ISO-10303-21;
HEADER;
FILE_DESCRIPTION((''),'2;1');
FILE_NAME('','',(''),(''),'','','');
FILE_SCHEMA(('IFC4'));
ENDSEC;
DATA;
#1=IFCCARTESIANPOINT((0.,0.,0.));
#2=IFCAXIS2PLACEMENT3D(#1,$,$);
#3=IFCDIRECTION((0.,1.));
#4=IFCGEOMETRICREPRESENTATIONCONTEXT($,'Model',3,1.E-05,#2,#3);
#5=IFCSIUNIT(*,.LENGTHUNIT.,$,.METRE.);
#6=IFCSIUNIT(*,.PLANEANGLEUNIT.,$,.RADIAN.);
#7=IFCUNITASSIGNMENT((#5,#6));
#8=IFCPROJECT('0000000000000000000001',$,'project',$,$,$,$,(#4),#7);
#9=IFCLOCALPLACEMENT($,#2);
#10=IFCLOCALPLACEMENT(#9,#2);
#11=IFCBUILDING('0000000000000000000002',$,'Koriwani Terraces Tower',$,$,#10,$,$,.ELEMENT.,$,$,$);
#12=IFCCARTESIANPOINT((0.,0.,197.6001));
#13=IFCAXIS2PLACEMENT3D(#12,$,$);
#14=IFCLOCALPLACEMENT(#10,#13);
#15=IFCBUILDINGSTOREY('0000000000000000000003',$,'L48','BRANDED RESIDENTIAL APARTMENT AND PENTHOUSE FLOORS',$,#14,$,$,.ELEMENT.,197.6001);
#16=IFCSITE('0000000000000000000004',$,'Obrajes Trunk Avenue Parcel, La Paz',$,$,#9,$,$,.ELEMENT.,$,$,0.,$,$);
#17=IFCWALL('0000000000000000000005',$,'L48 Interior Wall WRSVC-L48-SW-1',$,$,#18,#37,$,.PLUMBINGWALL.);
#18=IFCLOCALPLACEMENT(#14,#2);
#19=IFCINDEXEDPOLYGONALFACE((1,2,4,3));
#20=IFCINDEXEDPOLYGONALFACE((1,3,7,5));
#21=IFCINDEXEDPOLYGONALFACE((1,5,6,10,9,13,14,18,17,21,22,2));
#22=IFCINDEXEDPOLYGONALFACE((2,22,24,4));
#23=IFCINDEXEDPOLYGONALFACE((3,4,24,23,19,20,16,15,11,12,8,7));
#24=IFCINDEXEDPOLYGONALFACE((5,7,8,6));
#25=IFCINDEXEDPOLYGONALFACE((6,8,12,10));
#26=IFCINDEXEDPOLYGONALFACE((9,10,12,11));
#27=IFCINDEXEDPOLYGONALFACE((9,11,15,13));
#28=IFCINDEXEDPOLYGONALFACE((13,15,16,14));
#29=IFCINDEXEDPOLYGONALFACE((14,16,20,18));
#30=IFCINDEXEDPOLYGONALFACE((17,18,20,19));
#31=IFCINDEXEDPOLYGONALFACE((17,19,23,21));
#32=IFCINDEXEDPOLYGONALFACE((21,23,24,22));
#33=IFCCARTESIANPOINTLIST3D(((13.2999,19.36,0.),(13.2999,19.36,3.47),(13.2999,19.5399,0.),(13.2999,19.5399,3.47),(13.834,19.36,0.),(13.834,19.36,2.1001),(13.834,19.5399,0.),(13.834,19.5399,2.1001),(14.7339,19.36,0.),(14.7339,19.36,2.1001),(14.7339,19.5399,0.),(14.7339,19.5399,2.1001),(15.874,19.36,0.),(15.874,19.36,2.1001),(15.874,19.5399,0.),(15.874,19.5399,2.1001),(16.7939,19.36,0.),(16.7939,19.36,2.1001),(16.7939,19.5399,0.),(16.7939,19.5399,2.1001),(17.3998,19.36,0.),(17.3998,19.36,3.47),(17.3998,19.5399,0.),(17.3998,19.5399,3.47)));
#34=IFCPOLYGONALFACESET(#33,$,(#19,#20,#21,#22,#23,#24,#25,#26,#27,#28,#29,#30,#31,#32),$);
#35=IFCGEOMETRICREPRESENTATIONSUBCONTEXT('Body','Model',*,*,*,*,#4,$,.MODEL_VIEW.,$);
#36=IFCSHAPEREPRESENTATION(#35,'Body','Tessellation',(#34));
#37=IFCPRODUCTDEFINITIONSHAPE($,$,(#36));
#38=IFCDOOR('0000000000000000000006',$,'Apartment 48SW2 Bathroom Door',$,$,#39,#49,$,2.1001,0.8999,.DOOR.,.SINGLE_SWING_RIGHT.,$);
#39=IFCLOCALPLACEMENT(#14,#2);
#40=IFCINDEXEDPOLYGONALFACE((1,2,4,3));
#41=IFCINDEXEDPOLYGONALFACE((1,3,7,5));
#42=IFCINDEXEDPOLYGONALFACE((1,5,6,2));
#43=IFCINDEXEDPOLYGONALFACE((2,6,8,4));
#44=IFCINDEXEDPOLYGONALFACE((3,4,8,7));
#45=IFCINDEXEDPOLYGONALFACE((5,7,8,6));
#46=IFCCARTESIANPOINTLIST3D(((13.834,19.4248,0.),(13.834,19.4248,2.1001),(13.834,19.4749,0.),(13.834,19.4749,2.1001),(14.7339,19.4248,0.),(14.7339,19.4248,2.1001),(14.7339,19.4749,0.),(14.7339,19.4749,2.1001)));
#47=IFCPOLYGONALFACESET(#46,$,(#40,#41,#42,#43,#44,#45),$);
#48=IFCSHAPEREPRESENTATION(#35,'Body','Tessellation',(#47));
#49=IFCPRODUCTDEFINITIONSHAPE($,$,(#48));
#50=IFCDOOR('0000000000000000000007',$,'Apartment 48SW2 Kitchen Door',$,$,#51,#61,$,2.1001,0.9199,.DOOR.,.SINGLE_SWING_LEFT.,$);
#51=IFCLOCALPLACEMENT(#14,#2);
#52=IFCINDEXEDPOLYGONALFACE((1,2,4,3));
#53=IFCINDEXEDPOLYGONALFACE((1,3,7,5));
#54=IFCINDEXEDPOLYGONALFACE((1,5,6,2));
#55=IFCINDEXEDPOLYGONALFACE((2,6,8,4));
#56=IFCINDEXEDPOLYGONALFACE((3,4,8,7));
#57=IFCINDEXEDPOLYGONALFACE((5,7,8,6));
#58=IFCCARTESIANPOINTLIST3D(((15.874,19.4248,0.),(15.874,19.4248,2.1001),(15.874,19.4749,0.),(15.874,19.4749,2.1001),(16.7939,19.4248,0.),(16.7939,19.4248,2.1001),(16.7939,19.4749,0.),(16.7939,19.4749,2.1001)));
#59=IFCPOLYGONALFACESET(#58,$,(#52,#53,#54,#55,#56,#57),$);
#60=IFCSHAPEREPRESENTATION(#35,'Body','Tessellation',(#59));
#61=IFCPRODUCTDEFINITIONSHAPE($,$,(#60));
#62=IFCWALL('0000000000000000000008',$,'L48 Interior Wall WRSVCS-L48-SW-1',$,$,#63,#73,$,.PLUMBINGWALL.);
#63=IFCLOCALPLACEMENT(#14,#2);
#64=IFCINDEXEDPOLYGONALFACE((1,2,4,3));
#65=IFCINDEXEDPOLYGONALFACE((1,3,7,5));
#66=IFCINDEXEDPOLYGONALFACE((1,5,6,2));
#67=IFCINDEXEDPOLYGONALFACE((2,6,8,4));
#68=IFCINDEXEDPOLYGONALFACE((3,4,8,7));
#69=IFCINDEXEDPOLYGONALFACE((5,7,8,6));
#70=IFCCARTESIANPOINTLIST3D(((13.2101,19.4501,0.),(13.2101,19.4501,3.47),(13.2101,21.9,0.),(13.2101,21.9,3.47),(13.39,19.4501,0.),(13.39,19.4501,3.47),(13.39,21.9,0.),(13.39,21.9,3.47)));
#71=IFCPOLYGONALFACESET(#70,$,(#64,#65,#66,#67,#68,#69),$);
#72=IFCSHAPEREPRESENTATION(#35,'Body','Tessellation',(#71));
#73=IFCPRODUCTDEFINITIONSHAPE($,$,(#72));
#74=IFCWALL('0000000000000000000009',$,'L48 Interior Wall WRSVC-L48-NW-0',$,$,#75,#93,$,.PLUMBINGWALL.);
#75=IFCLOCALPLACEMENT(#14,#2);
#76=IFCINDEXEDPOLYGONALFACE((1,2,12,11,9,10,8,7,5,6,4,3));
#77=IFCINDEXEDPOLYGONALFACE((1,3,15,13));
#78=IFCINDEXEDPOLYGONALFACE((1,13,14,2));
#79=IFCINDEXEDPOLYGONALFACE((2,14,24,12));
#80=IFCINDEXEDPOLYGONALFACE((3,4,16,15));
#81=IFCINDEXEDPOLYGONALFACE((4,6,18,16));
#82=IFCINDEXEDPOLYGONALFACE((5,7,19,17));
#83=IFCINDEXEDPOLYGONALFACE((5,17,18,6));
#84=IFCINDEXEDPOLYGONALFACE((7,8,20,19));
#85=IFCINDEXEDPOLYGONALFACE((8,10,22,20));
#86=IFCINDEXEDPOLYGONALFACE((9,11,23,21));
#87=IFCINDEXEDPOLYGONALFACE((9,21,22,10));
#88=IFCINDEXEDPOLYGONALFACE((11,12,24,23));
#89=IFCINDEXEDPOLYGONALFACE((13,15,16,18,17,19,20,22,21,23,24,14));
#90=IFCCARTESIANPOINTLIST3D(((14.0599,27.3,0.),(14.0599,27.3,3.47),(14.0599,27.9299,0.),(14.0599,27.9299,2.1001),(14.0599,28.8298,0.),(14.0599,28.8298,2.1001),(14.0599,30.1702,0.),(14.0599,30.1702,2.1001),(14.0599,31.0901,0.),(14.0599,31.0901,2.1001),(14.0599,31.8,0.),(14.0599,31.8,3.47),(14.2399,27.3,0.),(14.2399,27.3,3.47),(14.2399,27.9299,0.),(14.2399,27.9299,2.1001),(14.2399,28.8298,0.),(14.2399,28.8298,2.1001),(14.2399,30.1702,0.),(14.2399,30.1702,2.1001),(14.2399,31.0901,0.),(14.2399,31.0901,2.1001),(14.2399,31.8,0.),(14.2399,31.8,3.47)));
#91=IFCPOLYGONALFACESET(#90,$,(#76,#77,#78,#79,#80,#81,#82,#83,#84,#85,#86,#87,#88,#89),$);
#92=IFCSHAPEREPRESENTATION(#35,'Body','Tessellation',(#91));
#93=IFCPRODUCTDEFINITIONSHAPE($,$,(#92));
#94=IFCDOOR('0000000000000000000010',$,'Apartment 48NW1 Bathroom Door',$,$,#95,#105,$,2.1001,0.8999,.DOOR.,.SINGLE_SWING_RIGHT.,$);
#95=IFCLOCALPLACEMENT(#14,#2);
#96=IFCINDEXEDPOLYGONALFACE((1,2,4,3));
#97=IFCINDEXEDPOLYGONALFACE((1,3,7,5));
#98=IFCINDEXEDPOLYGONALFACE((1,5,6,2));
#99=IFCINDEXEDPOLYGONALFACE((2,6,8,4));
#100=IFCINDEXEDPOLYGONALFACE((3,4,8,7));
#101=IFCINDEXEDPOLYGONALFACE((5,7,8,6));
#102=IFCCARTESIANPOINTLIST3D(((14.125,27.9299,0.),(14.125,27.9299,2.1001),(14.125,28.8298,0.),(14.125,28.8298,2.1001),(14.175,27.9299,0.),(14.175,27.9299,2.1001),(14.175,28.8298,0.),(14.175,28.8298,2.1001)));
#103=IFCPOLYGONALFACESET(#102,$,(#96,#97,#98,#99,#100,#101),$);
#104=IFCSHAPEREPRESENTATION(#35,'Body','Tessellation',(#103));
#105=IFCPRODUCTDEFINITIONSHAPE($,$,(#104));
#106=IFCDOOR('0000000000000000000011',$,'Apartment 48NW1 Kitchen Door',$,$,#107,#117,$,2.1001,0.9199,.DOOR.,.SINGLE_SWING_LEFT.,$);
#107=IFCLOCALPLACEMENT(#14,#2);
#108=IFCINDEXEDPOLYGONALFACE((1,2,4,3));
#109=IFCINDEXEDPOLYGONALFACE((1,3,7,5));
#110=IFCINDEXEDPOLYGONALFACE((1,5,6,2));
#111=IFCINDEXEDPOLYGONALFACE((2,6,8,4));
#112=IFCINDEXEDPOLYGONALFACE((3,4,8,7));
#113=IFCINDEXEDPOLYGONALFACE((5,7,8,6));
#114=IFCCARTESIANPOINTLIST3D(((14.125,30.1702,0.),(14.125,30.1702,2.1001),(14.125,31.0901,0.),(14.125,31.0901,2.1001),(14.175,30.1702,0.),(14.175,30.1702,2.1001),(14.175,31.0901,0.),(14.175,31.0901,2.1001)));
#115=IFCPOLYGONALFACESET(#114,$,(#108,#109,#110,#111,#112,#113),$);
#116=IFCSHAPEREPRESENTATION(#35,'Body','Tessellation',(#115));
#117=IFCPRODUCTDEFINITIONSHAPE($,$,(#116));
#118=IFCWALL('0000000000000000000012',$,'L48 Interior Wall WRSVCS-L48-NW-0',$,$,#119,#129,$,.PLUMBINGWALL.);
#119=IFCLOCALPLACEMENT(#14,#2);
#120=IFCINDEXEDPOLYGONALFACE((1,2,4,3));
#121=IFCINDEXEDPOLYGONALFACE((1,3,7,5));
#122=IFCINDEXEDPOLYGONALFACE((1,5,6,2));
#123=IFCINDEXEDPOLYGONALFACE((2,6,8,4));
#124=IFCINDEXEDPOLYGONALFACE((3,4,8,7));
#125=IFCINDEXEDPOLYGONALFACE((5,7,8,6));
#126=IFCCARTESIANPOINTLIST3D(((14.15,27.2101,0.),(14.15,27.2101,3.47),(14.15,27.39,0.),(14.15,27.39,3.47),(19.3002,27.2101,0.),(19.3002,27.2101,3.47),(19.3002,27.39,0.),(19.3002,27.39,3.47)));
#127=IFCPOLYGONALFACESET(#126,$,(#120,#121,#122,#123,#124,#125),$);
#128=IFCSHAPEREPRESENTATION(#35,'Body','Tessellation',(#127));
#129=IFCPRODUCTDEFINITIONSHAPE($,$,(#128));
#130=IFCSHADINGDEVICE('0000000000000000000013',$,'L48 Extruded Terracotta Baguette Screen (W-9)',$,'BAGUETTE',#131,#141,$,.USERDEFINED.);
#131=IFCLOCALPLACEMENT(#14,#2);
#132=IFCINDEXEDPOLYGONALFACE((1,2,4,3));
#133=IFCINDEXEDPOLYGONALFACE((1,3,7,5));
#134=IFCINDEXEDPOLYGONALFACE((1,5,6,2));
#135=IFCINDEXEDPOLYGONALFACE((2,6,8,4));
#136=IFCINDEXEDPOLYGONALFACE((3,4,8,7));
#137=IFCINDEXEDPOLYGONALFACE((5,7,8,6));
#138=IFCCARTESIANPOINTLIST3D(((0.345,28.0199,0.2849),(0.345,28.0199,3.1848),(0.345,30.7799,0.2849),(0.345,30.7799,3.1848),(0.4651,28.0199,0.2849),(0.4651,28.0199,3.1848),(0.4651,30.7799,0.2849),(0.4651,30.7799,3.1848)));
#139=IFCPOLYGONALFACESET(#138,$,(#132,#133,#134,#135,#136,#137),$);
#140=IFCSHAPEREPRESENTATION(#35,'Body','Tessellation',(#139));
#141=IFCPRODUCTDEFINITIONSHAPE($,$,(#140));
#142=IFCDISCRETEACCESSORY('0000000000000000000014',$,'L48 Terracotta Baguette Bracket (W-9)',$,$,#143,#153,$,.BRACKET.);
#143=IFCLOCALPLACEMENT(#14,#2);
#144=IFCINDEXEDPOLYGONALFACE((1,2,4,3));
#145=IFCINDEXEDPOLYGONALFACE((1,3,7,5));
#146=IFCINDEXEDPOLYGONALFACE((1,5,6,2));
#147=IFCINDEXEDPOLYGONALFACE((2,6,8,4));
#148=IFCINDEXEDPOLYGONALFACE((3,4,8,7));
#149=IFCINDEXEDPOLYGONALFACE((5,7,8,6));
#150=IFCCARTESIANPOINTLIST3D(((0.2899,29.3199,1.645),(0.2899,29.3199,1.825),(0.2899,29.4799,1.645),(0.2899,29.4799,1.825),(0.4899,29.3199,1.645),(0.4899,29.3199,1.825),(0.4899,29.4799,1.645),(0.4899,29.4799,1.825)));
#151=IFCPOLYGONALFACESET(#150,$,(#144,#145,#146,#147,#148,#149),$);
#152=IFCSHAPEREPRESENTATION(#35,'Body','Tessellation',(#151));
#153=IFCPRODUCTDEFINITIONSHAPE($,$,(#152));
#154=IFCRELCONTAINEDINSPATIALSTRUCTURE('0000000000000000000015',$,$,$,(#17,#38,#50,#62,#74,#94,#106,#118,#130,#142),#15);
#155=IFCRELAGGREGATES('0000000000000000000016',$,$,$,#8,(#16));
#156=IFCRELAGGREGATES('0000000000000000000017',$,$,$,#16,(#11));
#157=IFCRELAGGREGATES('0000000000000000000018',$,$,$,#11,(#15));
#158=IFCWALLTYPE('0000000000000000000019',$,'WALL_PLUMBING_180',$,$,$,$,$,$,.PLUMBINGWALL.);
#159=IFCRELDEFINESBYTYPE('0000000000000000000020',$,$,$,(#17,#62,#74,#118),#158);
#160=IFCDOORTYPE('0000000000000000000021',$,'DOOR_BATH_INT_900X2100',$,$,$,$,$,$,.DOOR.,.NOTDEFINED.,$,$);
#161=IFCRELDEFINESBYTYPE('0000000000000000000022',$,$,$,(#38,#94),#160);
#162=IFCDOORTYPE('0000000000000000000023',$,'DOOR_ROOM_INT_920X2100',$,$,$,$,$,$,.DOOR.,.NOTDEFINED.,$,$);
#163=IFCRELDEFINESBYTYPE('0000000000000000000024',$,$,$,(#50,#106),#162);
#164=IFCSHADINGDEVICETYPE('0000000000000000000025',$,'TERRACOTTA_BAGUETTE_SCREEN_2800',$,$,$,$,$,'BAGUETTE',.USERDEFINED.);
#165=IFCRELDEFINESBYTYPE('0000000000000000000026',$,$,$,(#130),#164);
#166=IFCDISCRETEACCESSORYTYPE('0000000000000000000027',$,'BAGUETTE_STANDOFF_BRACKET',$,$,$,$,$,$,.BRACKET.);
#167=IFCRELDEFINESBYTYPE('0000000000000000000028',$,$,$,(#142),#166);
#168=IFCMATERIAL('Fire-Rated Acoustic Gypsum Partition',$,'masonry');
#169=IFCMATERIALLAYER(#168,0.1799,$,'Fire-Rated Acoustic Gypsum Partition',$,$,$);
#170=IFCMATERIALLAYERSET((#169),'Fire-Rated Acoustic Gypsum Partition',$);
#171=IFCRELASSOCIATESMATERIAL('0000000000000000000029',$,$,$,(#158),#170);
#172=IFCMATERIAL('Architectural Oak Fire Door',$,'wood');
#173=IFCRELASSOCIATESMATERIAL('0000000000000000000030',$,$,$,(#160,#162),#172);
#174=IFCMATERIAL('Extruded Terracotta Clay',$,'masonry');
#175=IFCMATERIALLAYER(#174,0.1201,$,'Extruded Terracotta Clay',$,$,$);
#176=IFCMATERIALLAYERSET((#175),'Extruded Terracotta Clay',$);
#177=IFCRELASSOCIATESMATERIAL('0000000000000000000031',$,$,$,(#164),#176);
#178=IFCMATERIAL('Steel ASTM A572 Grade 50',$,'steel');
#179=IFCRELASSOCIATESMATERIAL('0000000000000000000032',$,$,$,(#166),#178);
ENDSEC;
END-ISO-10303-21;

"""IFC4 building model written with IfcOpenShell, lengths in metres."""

from ifc_helpers import new_model, si_unit, direction, frame, frame_2d, origin, origin_2d, place, context, subcontext, project, spatial, rectangle, extrude, material, layer, layer_set, type_object, element, fill, save


model = new_model("IFC4")

# Units and contexts
model_context = context("Model", 3, precision=1e-05, world=origin(), true_north=direction((0.0, 1.0)))
body_context = subcontext(model_context, "Body", "Model", "MODEL_VIEW")
ifc_project = project(units=[si_unit("LENGTHUNIT", "METRE"), si_unit("PLANEANGLEUNIT", "RADIAN")], contexts=[model_context])

# Site, building, storey
site_placement = place(None, origin())
site = spatial("IfcSite", under=ifc_project, at=site_placement, Name="Obrajes Trunk Avenue Parcel, La Paz", CompositionType="ELEMENT", RefElevation=0.0)
building_placement = place(site_placement, origin())
building = spatial("IfcBuilding", under=site, at=building_placement, Name="Koriwani Terraces Tower", CompositionType="ELEMENT")
storey_placement = place(building_placement, frame((0.0, 0.0, 197.6001)))
storey = spatial("IfcBuildingStorey", under=building, at=storey_placement, Name="L48", Description="BRANDED RESIDENTIAL APARTMENT AND PENTHOUSE FLOORS", CompositionType="ELEMENT", Elevation=197.6001)

# Shared definitions
ifc_material_1 = material(Name="Steel ASTM A572 Grade 50", Category="steel")

# Shared definitions
ifc_material_2 = material(Name="Architectural Oak Fire Door", Category="wood")

# Wall, openings, doors
ifc_material_3 = material(Name="Fire-Rated Acoustic Gypsum Partition", Category="masonry")
ifc_layer_1 = layer(ifc_material_3, 0.1799, Name="Fire-Rated Acoustic Gypsum Partition")
ifc_layer_set_1 = layer_set([ifc_layer_1], Name="Fire-Rated Acoustic Gypsum Partition")
wall_type_1 = type_object("IfcWallType", Name="WALL_PLUMBING_180", PredefinedType="PLUMBINGWALL", material=ifc_layer_set_1)
wall_1_placement = place(storey_placement, frame((13.3, 19.45, 0.0), z_axis=(0.0, 0.0, 1.0), x_axis=(1.0, 0.0, 0.0)))
wall_1 = element("IfcWall", 1, at=wall_1_placement, inside=storey, type_object=wall_type_1, Name="L48 Interior Wall WRSVC-L48-SW-1", PredefinedType="PLUMBINGWALL", context=body_context, shape_type="SweptSolid", body=[
    extrude(rectangle(XDim=4.0999, YDim=0.1799, at=frame_2d((2.0498, 0.0))), origin(), (0.0, 0.0, 1.0), 3.47),
])
opening_1_placement = place(wall_1_placement, frame((0.5339, 0.0, 0.0)))
opening_1 = element("IfcOpeningElement", 2, at=opening_1_placement, cuts=wall_1, PredefinedType="OPENING", context=body_context, shape_type="SweptSolid", body=[
    extrude(rectangle(XDim=0.8999, YDim=2.1001, at=frame_2d((0.45, 1.05))), frame((0.0, 0.1001, 0.0), z_axis=(0.0, -1.0, 0.0), x_axis=(1.0, 0.0, 0.0)), (0.0, 0.0, 1.0), 0.2),
])
opening_2_placement = place(wall_1_placement, frame((2.574, 0.0, 0.0)))
opening_2 = element("IfcOpeningElement", 3, at=opening_2_placement, cuts=wall_1, PredefinedType="OPENING", context=body_context, shape_type="SweptSolid", body=[
    extrude(rectangle(XDim=0.9199, YDim=2.1001, at=frame_2d((0.46, 1.05))), frame((0.0, 0.1001, 0.0), z_axis=(0.0, -1.0, 0.0), x_axis=(1.0, 0.0, 0.0)), (0.0, 0.0, 1.0), 0.2),
])
door_type_1 = type_object("IfcDoorType", Name="DOOR_BATH_INT_900X2100", OperationType="NOTDEFINED", PredefinedType="DOOR", material=ifc_material_2)
door_1_placement = place(opening_1_placement, origin())
door_1 = element("IfcDoor", 4, at=door_1_placement, inside=storey, type_object=door_type_1, Name="Apartment 48SW2 Bathroom Door", OperationType="SINGLE_SWING_RIGHT", OverallHeight=2.1001, OverallWidth=0.8999, PredefinedType="DOOR", context=body_context, shape_type="SweptSolid", body=[
    extrude(rectangle(XDim=0.8999, YDim=2.1001, at=frame_2d((0.45, 1.05))), frame((0.0, 0.0249, 0.0), z_axis=(0.0, -1.0, 0.0), x_axis=(1.0, 0.0, 0.0)), (0.0, 0.0, 1.0), 0.05),
])
fill(opening_1, door_1)
door_type_2 = type_object("IfcDoorType", Name="DOOR_ROOM_INT_920X2100", OperationType="NOTDEFINED", PredefinedType="DOOR", material=ifc_material_2)
door_2_placement = place(opening_2_placement, origin())
door_2 = element("IfcDoor", 5, at=door_2_placement, inside=storey, type_object=door_type_2, Name="Apartment 48SW2 Kitchen Door", OperationType="SINGLE_SWING_LEFT", OverallHeight=2.1001, OverallWidth=0.9199, PredefinedType="DOOR", context=body_context, shape_type="SweptSolid", body=[
    extrude(rectangle(XDim=0.9199, YDim=2.1001, at=frame_2d((0.46, 1.05))), frame((0.0, 0.0249, 0.0), z_axis=(0.0, -1.0, 0.0), x_axis=(1.0, 0.0, 0.0)), (0.0, 0.0, 1.0), 0.05),
])
fill(opening_2, door_2)

# Wall
wall_2_placement = place(storey_placement, frame((13.3, 19.45, 0.0), z_axis=(0.0, 0.0, 1.0), x_axis=(0.0, 1.0, 0.0)))
element("IfcWall", 6, at=wall_2_placement, inside=storey, type_object=wall_type_1, Name="L48 Interior Wall WRSVCS-L48-SW-1", PredefinedType="PLUMBINGWALL", context=body_context, shape_type="SweptSolid", body=[
    extrude(rectangle(XDim=2.45, YDim=0.1799, at=frame_2d((1.2251, 0.0))), origin(), (0.0, 0.0, 1.0), 3.47),
])

# Wall, openings, doors
wall_3_placement = place(storey_placement, frame((14.1499, 27.3, 0.0), z_axis=(0.0, 0.0, 1.0), x_axis=(0.0, 1.0, 0.0)))
wall_3 = element("IfcWall", 7, at=wall_3_placement, inside=storey, type_object=wall_type_1, Name="L48 Interior Wall WRSVC-L48-NW-0", PredefinedType="PLUMBINGWALL", context=body_context, shape_type="SweptSolid", body=[
    extrude(rectangle(XDim=4.5, YDim=0.1799, at=frame_2d((2.25, 0.0))), origin(), (0.0, 0.0, 1.0), 3.47),
])
opening_3_placement = place(wall_3_placement, frame((0.6299, 0.0, 0.0)))
opening_3 = element("IfcOpeningElement", 8, at=opening_3_placement, cuts=wall_3, PredefinedType="OPENING", context=body_context, shape_type="SweptSolid", body=[
    extrude(rectangle(XDim=0.8999, YDim=2.1001, at=frame_2d((0.45, 1.05))), frame((0.0, 0.1001, 0.0), z_axis=(0.0, -1.0, 0.0), x_axis=(1.0, 0.0, 0.0)), (0.0, 0.0, 1.0), 0.2),
])
opening_4_placement = place(wall_3_placement, frame((2.8701, 0.0, 0.0)))
opening_4 = element("IfcOpeningElement", 9, at=opening_4_placement, cuts=wall_3, PredefinedType="OPENING", context=body_context, shape_type="SweptSolid", body=[
    extrude(rectangle(XDim=0.9199, YDim=2.1001, at=frame_2d((0.46, 1.05))), frame((0.0, 0.1001, 0.0), z_axis=(0.0, -1.0, 0.0), x_axis=(1.0, 0.0, 0.0)), (0.0, 0.0, 1.0), 0.2),
])
door_3_placement = place(opening_3_placement, origin())
door_3 = element("IfcDoor", 10, at=door_3_placement, inside=storey, type_object=door_type_1, Name="Apartment 48NW1 Bathroom Door", OperationType="SINGLE_SWING_RIGHT", OverallHeight=2.1001, OverallWidth=0.8999, PredefinedType="DOOR", context=body_context, shape_type="SweptSolid", body=[
    extrude(rectangle(XDim=0.8999, YDim=2.1001, at=frame_2d((0.45, 1.05))), frame((0.0, 0.0249, 0.0), z_axis=(0.0, -1.0, 0.0), x_axis=(1.0, 0.0, 0.0)), (0.0, 0.0, 1.0), 0.05),
])
fill(opening_3, door_3)
door_4_placement = place(opening_4_placement, origin())
door_4 = element("IfcDoor", 11, at=door_4_placement, inside=storey, type_object=door_type_2, Name="Apartment 48NW1 Kitchen Door", OperationType="SINGLE_SWING_LEFT", OverallHeight=2.1001, OverallWidth=0.9199, PredefinedType="DOOR", context=body_context, shape_type="SweptSolid", body=[
    extrude(rectangle(XDim=0.9199, YDim=2.1001, at=frame_2d((0.46, 1.05))), frame((0.0, 0.0249, 0.0), z_axis=(0.0, -1.0, 0.0), x_axis=(1.0, 0.0, 0.0)), (0.0, 0.0, 1.0), 0.05),
])
fill(opening_4, door_4)

# Wall
wall_4_placement = place(storey_placement, frame((14.1499, 27.3, 0.0), z_axis=(0.0, 0.0, 1.0), x_axis=(1.0, 0.0, 0.0)))
element("IfcWall", 12, at=wall_4_placement, inside=storey, type_object=wall_type_1, Name="L48 Interior Wall WRSVCS-L48-NW-0", PredefinedType="PLUMBINGWALL", context=body_context, shape_type="SweptSolid", body=[
    extrude(rectangle(XDim=5.1501, YDim=0.1799, at=frame_2d((2.5752, 0.0))), origin(), (0.0, 0.0, 1.0), 3.47),
])

# Shading device
ifc_material_4 = material(Name="Extruded Terracotta Clay", Category="masonry")
ifc_layer_2 = layer(ifc_material_4, 0.1201, Name="Extruded Terracotta Clay")
ifc_layer_set_2 = layer_set([ifc_layer_2], Name="Extruded Terracotta Clay")
shading_device_type = type_object("IfcShadingDeviceType", Name="TERRACOTTA_BAGUETTE_SCREEN_2800", ElementType="BAGUETTE", PredefinedType="USERDEFINED", material=ifc_layer_set_2)
shading_device_placement = place(storey_placement, frame((0.405, 29.3999, 0.2849), z_axis=(0.0, 0.0, 1.0), x_axis=(0.0, 1.0, 0.0)))
element("IfcShadingDevice", 13, at=shading_device_placement, inside=storey, type_object=shading_device_type, Name="L48 Extruded Terracotta Baguette Screen (W-9)", ObjectType="BAGUETTE", PredefinedType="USERDEFINED", context=body_context, shape_type="SweptSolid", body=[
    extrude(rectangle(XDim=2.76, YDim=0.1201, at=origin_2d()), origin(), (0.0, 0.0, 1.0), 2.8999),
])

# Discrete accessory
discrete_accessory_type = type_object("IfcDiscreteAccessoryType", Name="BAGUETTE_STANDOFF_BRACKET", PredefinedType="BRACKET", material=ifc_material_1)
discrete_accessory_placement = place(storey_placement, frame((0.3899, 29.3999, 1.645), z_axis=(0.0, 0.0, 1.0), x_axis=(0.0, 1.0, 0.0)))
element("IfcDiscreteAccessory", 14, at=discrete_accessory_placement, inside=storey, type_object=discrete_accessory_type, Name="L48 Terracotta Baguette Bracket (W-9)", PredefinedType="BRACKET", context=body_context, shape_type="SweptSolid", body=[
    extrude(rectangle(XDim=0.1599, YDim=0.2, at=origin_2d()), origin(), (0.0, 0.0, 1.0), 0.1799),
])

save(model, "model.ifc")
